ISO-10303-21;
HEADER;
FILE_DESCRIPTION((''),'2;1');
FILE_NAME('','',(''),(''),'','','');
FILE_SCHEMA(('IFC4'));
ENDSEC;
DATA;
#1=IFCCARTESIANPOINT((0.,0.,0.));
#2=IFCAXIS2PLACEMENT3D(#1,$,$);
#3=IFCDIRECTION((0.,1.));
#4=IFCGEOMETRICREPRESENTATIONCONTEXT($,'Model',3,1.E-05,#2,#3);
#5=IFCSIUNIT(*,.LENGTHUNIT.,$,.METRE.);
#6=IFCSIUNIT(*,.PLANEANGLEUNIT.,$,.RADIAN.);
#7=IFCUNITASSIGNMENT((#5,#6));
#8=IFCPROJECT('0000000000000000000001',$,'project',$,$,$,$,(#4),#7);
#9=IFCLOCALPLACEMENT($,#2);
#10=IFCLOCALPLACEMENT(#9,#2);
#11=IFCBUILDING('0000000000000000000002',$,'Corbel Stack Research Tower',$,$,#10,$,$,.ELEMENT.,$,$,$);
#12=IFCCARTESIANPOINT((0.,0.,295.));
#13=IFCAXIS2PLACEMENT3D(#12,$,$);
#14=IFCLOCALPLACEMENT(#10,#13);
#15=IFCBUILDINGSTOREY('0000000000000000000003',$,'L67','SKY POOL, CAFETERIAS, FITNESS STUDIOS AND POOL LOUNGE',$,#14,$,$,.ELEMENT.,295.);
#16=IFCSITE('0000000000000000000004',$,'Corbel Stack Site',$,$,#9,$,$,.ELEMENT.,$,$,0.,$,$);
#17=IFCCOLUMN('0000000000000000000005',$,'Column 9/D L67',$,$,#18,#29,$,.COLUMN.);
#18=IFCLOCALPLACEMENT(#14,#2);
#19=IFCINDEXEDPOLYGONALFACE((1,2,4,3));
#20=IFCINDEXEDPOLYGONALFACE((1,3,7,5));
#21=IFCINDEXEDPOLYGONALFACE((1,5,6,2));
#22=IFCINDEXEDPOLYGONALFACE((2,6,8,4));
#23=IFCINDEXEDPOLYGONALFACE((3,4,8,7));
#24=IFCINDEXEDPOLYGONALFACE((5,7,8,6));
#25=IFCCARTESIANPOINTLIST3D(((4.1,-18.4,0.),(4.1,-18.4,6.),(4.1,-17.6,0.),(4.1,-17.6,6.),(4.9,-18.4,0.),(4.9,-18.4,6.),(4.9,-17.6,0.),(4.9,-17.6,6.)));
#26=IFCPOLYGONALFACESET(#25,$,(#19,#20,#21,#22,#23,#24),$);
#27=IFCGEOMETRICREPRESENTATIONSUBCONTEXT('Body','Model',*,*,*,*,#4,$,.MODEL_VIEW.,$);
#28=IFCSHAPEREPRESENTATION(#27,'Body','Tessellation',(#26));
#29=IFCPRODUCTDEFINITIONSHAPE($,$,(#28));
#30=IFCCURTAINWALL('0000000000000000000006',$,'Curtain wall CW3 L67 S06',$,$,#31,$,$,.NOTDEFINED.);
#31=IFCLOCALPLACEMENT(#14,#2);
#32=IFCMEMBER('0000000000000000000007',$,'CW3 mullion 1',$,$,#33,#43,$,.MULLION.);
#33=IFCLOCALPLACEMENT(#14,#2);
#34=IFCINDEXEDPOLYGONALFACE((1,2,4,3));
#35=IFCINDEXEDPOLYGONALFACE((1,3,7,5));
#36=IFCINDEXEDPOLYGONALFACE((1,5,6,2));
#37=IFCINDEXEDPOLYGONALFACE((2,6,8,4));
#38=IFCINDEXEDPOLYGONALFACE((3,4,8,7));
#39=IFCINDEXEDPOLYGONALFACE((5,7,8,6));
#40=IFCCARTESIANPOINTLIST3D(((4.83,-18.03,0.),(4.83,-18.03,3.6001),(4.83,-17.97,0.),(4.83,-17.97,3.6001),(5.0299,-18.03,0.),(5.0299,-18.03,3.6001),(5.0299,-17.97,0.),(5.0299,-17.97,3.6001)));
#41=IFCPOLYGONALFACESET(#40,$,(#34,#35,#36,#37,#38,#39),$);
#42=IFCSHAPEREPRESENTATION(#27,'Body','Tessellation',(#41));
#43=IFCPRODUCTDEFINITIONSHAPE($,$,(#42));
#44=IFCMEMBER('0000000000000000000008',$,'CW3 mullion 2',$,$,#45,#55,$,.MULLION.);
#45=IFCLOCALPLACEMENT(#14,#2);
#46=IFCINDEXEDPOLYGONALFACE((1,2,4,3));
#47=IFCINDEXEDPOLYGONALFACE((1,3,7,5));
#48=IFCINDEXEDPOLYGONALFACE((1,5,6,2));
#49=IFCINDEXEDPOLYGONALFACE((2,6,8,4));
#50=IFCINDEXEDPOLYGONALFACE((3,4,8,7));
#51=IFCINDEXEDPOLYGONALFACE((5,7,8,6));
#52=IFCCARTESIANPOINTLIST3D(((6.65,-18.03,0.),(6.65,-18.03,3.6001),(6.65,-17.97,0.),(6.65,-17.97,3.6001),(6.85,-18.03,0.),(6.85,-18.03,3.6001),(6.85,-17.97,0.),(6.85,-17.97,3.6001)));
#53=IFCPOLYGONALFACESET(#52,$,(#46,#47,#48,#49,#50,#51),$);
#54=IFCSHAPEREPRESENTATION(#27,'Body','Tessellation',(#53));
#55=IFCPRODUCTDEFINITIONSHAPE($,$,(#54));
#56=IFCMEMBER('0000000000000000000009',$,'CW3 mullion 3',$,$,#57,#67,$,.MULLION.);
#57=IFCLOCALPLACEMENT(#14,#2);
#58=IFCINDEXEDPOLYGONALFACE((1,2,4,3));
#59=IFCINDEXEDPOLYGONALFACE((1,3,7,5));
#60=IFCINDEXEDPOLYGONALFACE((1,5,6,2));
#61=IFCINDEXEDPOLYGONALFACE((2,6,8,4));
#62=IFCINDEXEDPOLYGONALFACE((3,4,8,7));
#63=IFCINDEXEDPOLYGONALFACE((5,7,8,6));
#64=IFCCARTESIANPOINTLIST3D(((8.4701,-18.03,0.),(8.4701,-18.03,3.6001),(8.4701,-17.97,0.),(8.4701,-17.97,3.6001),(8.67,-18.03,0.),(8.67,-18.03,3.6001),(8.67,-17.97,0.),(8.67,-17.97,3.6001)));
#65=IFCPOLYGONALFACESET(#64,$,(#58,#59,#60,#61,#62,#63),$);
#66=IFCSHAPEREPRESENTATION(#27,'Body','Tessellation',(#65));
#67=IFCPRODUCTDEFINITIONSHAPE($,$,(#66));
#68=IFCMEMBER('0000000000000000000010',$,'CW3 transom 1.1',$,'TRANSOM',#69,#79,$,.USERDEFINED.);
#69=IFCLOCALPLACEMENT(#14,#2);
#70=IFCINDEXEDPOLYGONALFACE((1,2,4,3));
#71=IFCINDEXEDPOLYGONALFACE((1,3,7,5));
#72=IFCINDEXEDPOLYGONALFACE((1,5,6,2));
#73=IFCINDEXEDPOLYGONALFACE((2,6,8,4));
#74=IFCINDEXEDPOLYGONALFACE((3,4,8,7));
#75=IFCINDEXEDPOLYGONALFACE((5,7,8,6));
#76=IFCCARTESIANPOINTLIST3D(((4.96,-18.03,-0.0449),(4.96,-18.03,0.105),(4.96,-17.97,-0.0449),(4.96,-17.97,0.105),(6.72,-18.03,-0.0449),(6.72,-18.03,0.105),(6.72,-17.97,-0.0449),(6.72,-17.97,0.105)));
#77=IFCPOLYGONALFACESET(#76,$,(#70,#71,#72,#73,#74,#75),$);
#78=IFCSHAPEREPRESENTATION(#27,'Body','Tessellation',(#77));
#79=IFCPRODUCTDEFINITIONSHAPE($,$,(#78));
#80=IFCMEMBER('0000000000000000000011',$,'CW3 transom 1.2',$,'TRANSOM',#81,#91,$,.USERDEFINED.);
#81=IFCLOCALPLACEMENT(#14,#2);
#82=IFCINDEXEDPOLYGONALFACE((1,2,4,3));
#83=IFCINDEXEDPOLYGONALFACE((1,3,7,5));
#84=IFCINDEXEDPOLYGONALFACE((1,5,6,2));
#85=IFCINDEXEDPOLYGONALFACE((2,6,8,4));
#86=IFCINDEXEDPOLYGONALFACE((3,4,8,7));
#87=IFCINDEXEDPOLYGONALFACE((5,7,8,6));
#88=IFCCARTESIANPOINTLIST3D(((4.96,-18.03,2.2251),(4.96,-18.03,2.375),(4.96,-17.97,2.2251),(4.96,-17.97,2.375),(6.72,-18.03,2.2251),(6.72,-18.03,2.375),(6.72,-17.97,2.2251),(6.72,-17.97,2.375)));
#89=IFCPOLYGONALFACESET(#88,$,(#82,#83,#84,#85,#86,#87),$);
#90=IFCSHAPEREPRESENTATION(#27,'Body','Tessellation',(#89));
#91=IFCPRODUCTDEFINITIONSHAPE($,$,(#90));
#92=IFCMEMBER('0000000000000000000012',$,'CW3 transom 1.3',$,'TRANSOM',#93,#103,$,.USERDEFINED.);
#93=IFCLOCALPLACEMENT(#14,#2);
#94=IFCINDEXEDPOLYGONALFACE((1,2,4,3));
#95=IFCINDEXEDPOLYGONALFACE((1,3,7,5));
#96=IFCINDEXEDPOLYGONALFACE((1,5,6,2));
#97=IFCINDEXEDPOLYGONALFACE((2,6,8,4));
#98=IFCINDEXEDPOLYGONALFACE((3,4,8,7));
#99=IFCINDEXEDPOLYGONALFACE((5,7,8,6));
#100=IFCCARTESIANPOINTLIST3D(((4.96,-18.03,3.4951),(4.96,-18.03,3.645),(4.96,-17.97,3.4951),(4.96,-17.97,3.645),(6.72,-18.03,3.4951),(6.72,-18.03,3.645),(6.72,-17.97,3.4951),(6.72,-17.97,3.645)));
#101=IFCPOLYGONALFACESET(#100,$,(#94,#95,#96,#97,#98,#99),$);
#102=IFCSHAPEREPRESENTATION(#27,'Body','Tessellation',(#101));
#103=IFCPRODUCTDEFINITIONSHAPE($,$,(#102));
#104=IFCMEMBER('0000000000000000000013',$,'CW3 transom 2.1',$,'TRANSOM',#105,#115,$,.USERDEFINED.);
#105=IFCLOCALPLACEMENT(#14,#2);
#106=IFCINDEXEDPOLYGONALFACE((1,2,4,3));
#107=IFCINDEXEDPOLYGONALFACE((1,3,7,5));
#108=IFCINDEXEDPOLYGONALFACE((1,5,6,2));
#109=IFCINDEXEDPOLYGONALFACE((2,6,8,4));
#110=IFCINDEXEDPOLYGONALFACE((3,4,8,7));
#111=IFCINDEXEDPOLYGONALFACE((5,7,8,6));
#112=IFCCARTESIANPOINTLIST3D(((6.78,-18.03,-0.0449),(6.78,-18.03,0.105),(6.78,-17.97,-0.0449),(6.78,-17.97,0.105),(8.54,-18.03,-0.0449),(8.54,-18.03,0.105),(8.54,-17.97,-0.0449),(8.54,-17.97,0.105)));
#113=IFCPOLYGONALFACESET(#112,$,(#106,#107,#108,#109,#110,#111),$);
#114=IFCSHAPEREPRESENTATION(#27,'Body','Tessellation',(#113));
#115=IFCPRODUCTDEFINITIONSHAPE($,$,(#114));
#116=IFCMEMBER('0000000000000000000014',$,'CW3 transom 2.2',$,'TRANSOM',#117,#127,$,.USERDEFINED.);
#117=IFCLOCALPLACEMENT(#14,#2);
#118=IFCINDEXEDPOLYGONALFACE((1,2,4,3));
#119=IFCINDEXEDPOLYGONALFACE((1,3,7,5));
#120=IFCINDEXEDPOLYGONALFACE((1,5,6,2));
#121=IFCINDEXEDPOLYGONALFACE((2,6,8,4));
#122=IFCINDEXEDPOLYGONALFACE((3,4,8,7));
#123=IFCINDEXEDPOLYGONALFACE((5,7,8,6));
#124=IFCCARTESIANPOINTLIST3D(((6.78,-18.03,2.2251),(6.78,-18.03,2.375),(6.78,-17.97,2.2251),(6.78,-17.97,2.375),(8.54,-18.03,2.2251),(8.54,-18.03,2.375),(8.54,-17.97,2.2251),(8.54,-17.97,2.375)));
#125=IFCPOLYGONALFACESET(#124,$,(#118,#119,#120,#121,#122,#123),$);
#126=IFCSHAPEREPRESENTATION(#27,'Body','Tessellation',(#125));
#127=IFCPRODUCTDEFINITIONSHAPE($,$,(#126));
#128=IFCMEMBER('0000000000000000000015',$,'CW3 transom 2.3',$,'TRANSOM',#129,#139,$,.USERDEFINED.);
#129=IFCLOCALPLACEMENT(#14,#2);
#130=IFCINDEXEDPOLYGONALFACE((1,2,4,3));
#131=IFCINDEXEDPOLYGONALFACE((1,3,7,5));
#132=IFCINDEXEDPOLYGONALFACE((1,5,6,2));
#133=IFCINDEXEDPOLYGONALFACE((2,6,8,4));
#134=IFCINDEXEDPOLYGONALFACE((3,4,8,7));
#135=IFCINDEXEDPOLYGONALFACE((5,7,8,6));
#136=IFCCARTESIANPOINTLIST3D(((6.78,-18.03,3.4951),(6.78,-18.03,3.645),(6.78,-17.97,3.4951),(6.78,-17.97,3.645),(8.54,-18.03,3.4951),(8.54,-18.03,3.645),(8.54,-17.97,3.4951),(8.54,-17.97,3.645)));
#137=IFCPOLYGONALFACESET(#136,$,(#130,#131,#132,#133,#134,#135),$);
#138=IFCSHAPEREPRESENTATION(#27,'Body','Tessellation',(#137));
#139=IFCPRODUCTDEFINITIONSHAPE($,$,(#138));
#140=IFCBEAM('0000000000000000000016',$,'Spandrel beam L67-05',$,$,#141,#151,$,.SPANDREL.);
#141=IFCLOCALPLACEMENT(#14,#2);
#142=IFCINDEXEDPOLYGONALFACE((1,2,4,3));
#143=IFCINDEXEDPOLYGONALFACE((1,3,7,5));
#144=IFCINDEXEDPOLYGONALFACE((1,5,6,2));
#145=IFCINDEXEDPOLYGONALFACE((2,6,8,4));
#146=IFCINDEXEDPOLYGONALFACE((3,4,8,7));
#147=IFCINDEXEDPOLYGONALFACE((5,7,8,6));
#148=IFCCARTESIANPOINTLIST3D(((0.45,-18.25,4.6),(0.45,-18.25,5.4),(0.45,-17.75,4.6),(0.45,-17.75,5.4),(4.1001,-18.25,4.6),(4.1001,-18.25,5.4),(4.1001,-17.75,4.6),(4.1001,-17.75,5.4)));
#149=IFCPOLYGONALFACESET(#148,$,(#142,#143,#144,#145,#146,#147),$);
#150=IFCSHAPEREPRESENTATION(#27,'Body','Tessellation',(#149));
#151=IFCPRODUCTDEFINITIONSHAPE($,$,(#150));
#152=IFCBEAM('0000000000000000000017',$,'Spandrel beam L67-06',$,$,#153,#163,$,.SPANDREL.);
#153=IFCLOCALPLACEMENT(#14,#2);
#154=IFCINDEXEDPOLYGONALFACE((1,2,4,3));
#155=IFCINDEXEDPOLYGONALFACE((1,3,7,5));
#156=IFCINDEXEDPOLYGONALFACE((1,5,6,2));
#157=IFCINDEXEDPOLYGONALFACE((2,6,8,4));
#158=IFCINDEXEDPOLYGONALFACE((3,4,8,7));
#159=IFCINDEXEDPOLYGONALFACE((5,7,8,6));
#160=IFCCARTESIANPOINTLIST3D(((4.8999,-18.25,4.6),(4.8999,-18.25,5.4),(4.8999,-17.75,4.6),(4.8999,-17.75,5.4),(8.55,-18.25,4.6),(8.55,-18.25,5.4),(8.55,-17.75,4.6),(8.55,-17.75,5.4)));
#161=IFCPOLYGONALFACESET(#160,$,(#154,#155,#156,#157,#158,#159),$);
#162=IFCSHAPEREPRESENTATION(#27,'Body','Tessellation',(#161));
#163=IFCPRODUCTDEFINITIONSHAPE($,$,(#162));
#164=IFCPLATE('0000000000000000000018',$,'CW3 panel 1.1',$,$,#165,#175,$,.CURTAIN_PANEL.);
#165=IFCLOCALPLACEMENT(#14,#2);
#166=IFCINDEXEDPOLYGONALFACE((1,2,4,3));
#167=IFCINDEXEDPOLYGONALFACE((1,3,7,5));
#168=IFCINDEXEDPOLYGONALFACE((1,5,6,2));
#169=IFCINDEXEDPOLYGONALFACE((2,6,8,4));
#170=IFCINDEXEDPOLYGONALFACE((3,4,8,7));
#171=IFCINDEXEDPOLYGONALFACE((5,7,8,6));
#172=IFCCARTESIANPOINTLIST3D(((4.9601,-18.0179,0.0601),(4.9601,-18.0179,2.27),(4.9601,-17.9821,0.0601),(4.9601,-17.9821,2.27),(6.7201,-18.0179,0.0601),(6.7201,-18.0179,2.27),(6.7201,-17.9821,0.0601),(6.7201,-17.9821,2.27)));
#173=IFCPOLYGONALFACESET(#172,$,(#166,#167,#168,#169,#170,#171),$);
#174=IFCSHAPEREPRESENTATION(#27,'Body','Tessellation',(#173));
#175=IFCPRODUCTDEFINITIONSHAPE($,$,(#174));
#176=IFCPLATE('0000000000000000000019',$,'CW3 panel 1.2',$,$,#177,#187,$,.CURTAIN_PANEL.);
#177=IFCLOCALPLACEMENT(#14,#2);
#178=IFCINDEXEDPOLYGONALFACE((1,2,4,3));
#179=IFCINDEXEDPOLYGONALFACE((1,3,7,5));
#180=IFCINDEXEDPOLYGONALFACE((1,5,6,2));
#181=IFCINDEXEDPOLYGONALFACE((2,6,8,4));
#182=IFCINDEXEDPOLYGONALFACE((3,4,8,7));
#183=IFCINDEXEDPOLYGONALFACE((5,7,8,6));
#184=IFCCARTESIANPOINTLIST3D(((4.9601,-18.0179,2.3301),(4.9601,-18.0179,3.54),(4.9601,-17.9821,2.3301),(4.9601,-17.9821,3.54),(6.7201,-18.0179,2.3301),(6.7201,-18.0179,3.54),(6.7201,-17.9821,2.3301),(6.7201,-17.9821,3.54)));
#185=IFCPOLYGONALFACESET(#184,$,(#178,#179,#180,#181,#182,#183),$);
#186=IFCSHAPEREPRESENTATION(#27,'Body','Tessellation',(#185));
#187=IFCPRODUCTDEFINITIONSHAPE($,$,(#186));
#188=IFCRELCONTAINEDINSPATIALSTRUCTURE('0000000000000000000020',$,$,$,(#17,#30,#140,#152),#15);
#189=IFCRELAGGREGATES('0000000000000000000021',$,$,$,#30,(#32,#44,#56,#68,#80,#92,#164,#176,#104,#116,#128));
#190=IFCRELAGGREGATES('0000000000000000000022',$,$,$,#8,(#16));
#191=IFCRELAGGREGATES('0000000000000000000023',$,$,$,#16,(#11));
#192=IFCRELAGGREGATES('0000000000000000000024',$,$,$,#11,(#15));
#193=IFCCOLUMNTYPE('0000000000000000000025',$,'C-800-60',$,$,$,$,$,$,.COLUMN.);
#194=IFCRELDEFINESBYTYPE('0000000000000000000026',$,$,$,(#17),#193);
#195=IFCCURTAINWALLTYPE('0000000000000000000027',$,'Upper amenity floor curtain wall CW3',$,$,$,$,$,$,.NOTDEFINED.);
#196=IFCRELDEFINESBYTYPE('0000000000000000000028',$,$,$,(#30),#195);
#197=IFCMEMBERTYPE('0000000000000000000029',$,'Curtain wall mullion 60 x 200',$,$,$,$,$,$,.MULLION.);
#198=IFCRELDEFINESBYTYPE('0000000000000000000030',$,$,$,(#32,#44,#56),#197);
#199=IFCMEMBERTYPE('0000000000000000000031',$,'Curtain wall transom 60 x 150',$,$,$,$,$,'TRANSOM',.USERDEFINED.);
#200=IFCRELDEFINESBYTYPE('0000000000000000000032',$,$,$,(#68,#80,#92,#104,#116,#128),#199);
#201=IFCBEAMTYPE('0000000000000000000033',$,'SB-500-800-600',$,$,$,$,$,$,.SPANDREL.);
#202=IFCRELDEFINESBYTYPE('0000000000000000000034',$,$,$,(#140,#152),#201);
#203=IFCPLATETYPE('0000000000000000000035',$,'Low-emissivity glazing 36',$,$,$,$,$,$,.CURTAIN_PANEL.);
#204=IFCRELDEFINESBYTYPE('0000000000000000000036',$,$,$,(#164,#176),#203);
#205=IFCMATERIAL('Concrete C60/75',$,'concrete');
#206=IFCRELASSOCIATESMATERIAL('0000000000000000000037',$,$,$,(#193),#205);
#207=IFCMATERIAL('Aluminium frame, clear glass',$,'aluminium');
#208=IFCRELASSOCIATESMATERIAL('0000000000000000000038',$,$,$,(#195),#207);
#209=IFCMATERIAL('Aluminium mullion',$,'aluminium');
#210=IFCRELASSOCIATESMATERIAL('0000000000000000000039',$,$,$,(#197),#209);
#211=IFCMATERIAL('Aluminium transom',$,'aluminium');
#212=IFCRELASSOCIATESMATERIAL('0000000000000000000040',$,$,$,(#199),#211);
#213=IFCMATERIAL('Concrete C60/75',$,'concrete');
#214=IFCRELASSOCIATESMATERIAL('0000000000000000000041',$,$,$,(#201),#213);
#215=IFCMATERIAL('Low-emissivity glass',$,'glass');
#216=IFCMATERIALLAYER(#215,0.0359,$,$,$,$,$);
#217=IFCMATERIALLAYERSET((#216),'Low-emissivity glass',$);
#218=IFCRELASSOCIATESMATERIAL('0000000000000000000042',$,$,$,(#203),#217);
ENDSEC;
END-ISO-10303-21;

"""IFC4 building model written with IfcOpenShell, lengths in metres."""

from ifc_helpers import new_model, si_unit, direction, frame, origin, origin_2d, place, context, subcontext, project, spatial, rectangle, extrude, material, layer, layer_set, material_profile, profile_set, type_object, element, aggregate, save


model = new_model("IFC4")

# Units and contexts
model_context = context("Model", 3, precision=1e-05, world=origin(), true_north=direction((0.0, 1.0)))
body_context = subcontext(model_context, "Body", "Model", "MODEL_VIEW")
ifc_project = project(units=[si_unit("LENGTHUNIT", "METRE"), si_unit("PLANEANGLEUNIT", "RADIAN")], contexts=[model_context])

# Site, building, storey
site_placement = place(None, origin())
site = spatial("IfcSite", under=ifc_project, at=site_placement, Name="Corbel Stack Site", CompositionType="ELEMENT", RefElevation=0.0)
building_placement = place(site_placement, origin())
building = spatial("IfcBuilding", under=site, at=building_placement, Name="Corbel Stack Research Tower", CompositionType="ELEMENT")
storey_placement = place(building_placement, frame((0.0, 0.0, 295.0)))
storey = spatial("IfcBuildingStorey", under=building, at=storey_placement, Name="L67", Description="SKY POOL, CAFETERIAS, FITNESS STUDIOS AND POOL LOUNGE", CompositionType="ELEMENT", Elevation=295.0)

# Column
ifc_material_1 = material(Name="Concrete C60/75", Category="concrete")
ifc_material_profile_1 = material_profile(ifc_material_1, rectangle(XDim=0.8, YDim=0.8, at=origin_2d()), Name="RC 800 x 800")
ifc_profile_set_1 = profile_set([ifc_material_profile_1], Name="Concrete C60/75")
column_type = type_object("IfcColumnType", Name="C-800-60", PredefinedType="COLUMN", material=ifc_profile_set_1)
column_placement = place(storey_placement, frame((4.5, -18.0, 0.0), z_axis=(0.0, 0.0, 1.0), x_axis=(1.0, 0.0, 0.0)))
element("IfcColumn", 1, at=column_placement, inside=storey, type_object=column_type, Name="Column 9/D L67", PredefinedType="COLUMN", context=body_context, shape_type="SweptSolid", body=[
    extrude(rectangle(XDim=0.8, YDim=0.8, at=origin_2d()), origin(), (0.0, 0.0, 1.0), 6.0),
])

# Curtain wall, members
ifc_material_2 = material(Name="Aluminium frame, clear glass", Category="aluminium")
curtain_wall_type = type_object("IfcCurtainWallType", Name="Upper amenity floor curtain wall CW3", PredefinedType="NOTDEFINED", material=ifc_material_2)
curtain_wall_placement = place(storey_placement, origin())
curtain_wall = element("IfcCurtainWall", 2, at=curtain_wall_placement, inside=storey, type_object=curtain_wall_type, Name="Curtain wall CW3 L67 S06", PredefinedType="NOTDEFINED")
ifc_material_3 = material(Name="Aluminium mullion", Category="aluminium")
ifc_material_profile_2 = material_profile(ifc_material_3, rectangle(XDim=0.0601, YDim=0.2, at=origin_2d()), Name="Mullion 60 x 200")
ifc_profile_set_2 = profile_set([ifc_material_profile_2], Name="Aluminium mullion")
member_type_1 = type_object("IfcMemberType", Name="Curtain wall mullion 60 x 200", PredefinedType="MULLION", material=ifc_profile_set_2)
member_1_placement = place(storey_placement, frame((4.9299, -18.0, 0.0), z_axis=(0.0, 0.0, 1.0), x_axis=(0.0, 1.0, 0.0)))
member_1 = element("IfcMember", 3, at=member_1_placement, type_object=member_type_1, Name="CW3 mullion 1", PredefinedType="MULLION", context=body_context, shape_type="SweptSolid", body=[
    extrude(rectangle(XDim=0.0601, YDim=0.2, at=origin_2d()), origin(), (0.0, 0.0, 1.0), 3.6001),
])
member_2_placement = place(storey_placement, frame((6.75, -18.0, 0.0), z_axis=(0.0, 0.0, 1.0), x_axis=(0.0, 1.0, 0.0)))
member_2 = element("IfcMember", 4, at=member_2_placement, type_object=member_type_1, Name="CW3 mullion 2", PredefinedType="MULLION", context=body_context, shape_type="SweptSolid", body=[
    extrude(rectangle(XDim=0.0601, YDim=0.2, at=origin_2d()), origin(), (0.0, 0.0, 1.0), 3.6001),
])
member_3_placement = place(storey_placement, frame((8.5701, -18.0, 0.0), z_axis=(0.0, 0.0, 1.0), x_axis=(0.0, 1.0, 0.0)))
member_3 = element("IfcMember", 5, at=member_3_placement, type_object=member_type_1, Name="CW3 mullion 3", PredefinedType="MULLION", context=body_context, shape_type="SweptSolid", body=[
    extrude(rectangle(XDim=0.0601, YDim=0.2, at=origin_2d()), origin(), (0.0, 0.0, 1.0), 3.6001),
])
ifc_material_4 = material(Name="Aluminium transom", Category="aluminium")
ifc_material_profile_3 = material_profile(ifc_material_4, rectangle(XDim=0.0601, YDim=0.1499, at=origin_2d()), Name="Transom 60 x 150")
ifc_profile_set_3 = profile_set([ifc_material_profile_3], Name="Aluminium transom")
member_type_2 = type_object("IfcMemberType", Name="Curtain wall transom 60 x 150", ElementType="TRANSOM", PredefinedType="USERDEFINED", material=ifc_profile_set_3)
member_4_placement = place(storey_placement, frame((4.96, -18.0, 0.03), z_axis=(1.0, 0.0, 0.0), x_axis=(0.0, 1.0, 0.0)))
member_4 = element("IfcMember", 6, at=member_4_placement, type_object=member_type_2, Name="CW3 transom 1.1", ObjectType="TRANSOM", PredefinedType="USERDEFINED", context=body_context, shape_type="SweptSolid", body=[
    extrude(rectangle(XDim=0.0601, YDim=0.1499, at=origin_2d()), origin(), (0.0, 0.0, 1.0), 1.76),
])
member_5_placement = place(storey_placement, frame((4.96, -18.0, 2.3), z_axis=(1.0, 0.0, 0.0), x_axis=(0.0, 1.0, 0.0)))
member_5 = element("IfcMember", 7, at=member_5_placement, type_object=member_type_2, Name="CW3 transom 1.2", ObjectType="TRANSOM", PredefinedType="USERDEFINED", context=body_context, shape_type="SweptSolid", body=[
    extrude(rectangle(XDim=0.0601, YDim=0.1499, at=origin_2d()), origin(), (0.0, 0.0, 1.0), 1.76),
])
member_6_placement = place(storey_placement, frame((4.96, -18.0, 3.5701), z_axis=(1.0, 0.0, 0.0), x_axis=(0.0, 1.0, 0.0)))
member_6 = element("IfcMember", 8, at=member_6_placement, type_object=member_type_2, Name="CW3 transom 1.3", ObjectType="TRANSOM", PredefinedType="USERDEFINED", context=body_context, shape_type="SweptSolid", body=[
    extrude(rectangle(XDim=0.0601, YDim=0.1499, at=origin_2d()), origin(), (0.0, 0.0, 1.0), 1.76),
])
member_7_placement = place(storey_placement, frame((6.78, -18.0, 0.03), z_axis=(1.0, 0.0, 0.0), x_axis=(0.0, 1.0, 0.0)))
member_7 = element("IfcMember", 9, at=member_7_placement, type_object=member_type_2, Name="CW3 transom 2.1", ObjectType="TRANSOM", PredefinedType="USERDEFINED", context=body_context, shape_type="SweptSolid", body=[
    extrude(rectangle(XDim=0.0601, YDim=0.1499, at=origin_2d()), origin(), (0.0, 0.0, 1.0), 1.76),
])
member_8_placement = place(storey_placement, frame((6.78, -18.0, 2.3), z_axis=(1.0, 0.0, 0.0), x_axis=(0.0, 1.0, 0.0)))
member_8 = element("IfcMember", 10, at=member_8_placement, type_object=member_type_2, Name="CW3 transom 2.2", ObjectType="TRANSOM", PredefinedType="USERDEFINED", context=body_context, shape_type="SweptSolid", body=[
    extrude(rectangle(XDim=0.0601, YDim=0.1499, at=origin_2d()), origin(), (0.0, 0.0, 1.0), 1.76),
])
member_9_placement = place(storey_placement, frame((6.78, -18.0, 3.5701), z_axis=(1.0, 0.0, 0.0), x_axis=(0.0, 1.0, 0.0)))
member_9 = element("IfcMember", 11, at=member_9_placement, type_object=member_type_2, Name="CW3 transom 2.3", ObjectType="TRANSOM", PredefinedType="USERDEFINED", context=body_context, shape_type="SweptSolid", body=[
    extrude(rectangle(XDim=0.0601, YDim=0.1499, at=origin_2d()), origin(), (0.0, 0.0, 1.0), 1.76),
])

# Beams
ifc_material_5 = material(Name="Concrete C60/75", Category="concrete")
ifc_material_profile_4 = material_profile(ifc_material_5, rectangle(XDim=0.5, YDim=0.8, at=origin_2d()), Name="RC 500 x 800")
ifc_profile_set_4 = profile_set([ifc_material_profile_4], Name="Concrete C60/75")
beam_type = type_object("IfcBeamType", Name="SB-500-800-600", PredefinedType="SPANDREL", material=ifc_profile_set_4)
for number, where, z_axis, x_axis, name in (
    (12, (0.45, -18.0, 5.0), (1.0, 0.0, 0.0), (0.0, 1.0, 0.0), "Spandrel beam L67-05"),
    (13, (4.8999, -18.0, 5.0), (1.0, 0.0, 0.0), (0.0, 1.0, 0.0), "Spandrel beam L67-06"),
):
    element("IfcBeam", number, at=place(storey_placement, frame(where, z_axis=z_axis, x_axis=x_axis)), inside=storey, type_object=beam_type, Name=name, PredefinedType="SPANDREL", context=body_context, shape_type="SweptSolid", body=[
        extrude(rectangle(XDim=0.5, YDim=0.8, at=origin_2d()), origin(), (0.0, 0.0, 1.0), 3.6501),
    ])

# Plates
ifc_material_6 = material(Name="Low-emissivity glass", Category="glass")
ifc_layer_1 = layer(ifc_material_6, 0.0359)
ifc_layer_set_1 = layer_set([ifc_layer_1], Name="Low-emissivity glass")
plate_type = type_object("IfcPlateType", Name="Low-emissivity glazing 36", PredefinedType="CURTAIN_PANEL", material=ifc_layer_set_1)
plate_1_placement = place(storey_placement, frame((5.8401, -18.0, 0.0601), z_axis=(0.0, 0.0, 1.0), x_axis=(1.0, 0.0, 0.0)))
plate_1 = element("IfcPlate", 14, at=plate_1_placement, type_object=plate_type, Name="CW3 panel 1.1", PredefinedType="CURTAIN_PANEL", context=body_context, shape_type="SweptSolid", body=[
    extrude(rectangle(XDim=1.76, YDim=0.0359, at=origin_2d()), origin(), (0.0, 0.0, 1.0), 2.21),
])
plate_2_placement = place(storey_placement, frame((5.8401, -18.0, 2.3301), z_axis=(0.0, 0.0, 1.0), x_axis=(1.0, 0.0, 0.0)))
plate_2 = element("IfcPlate", 15, at=plate_2_placement, type_object=plate_type, Name="CW3 panel 1.2", PredefinedType="CURTAIN_PANEL", context=body_context, shape_type="SweptSolid", body=[
    extrude(rectangle(XDim=1.76, YDim=0.0359, at=origin_2d()), origin(), (0.0, 0.0, 1.0), 1.21),
])
aggregate(curtain_wall, [member_1, member_2, member_3, member_4, member_5, member_6, plate_1, plate_2, member_7, member_8, member_9])

save(model, "model.ifc")
